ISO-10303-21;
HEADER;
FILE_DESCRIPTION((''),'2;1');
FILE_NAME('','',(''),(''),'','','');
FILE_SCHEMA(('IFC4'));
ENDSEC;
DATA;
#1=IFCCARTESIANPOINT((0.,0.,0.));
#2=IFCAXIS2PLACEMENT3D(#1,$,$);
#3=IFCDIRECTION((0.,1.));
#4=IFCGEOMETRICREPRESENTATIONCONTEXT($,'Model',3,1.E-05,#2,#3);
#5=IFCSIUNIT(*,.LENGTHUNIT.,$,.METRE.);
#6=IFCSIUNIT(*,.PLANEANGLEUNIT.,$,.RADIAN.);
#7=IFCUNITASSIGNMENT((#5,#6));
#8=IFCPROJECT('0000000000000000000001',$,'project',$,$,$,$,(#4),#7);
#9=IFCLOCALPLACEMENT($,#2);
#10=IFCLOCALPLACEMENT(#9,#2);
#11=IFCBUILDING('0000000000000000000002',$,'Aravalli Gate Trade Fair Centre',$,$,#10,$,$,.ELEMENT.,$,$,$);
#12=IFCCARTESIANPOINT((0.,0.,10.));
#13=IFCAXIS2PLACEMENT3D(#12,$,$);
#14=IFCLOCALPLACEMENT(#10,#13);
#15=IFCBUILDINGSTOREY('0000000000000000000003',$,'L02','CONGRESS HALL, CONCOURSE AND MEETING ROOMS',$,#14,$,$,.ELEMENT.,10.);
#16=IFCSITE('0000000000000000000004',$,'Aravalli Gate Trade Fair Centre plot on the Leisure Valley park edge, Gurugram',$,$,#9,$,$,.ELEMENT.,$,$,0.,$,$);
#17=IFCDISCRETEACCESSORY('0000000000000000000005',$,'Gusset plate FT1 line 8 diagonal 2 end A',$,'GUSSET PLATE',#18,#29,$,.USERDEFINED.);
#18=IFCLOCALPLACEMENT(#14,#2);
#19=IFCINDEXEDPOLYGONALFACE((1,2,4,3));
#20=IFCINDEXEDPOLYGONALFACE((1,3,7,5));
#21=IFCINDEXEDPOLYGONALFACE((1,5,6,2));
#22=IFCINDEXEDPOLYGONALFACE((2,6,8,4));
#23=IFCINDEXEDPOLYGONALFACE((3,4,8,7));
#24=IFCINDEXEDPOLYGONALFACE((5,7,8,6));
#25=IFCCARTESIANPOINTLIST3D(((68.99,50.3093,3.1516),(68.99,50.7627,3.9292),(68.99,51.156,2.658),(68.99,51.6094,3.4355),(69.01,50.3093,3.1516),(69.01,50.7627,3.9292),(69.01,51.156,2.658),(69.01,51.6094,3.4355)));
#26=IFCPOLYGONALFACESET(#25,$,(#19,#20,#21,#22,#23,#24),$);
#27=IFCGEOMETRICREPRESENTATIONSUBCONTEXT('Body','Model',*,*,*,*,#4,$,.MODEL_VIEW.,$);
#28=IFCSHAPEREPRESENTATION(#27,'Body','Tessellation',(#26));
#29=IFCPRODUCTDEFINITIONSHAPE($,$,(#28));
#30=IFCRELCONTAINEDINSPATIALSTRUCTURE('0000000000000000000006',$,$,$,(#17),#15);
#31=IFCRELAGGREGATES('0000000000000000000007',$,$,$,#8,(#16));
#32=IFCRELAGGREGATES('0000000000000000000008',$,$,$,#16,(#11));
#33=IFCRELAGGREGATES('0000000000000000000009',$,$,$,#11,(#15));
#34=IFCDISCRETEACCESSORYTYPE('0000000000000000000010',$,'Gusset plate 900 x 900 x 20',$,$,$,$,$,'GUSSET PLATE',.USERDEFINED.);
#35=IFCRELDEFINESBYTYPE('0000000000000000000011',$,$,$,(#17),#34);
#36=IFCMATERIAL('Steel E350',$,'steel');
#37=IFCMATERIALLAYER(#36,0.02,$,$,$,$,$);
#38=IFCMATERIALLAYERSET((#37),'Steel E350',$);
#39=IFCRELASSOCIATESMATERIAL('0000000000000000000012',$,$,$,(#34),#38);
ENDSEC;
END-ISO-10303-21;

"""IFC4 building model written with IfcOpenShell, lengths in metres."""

from ifc_helpers import new_model, si_unit, direction, frame, origin, place, context, subcontext, project, spatial, polyline, outline, extrude, material, layer, layer_set, type_object, element, save


model = new_model("IFC4")

# Units and contexts
model_context = context("Model", 3, precision=1e-05, world=origin(), true_north=direction((0.0, 1.0)))
body_context = subcontext(model_context, "Body", "Model", "MODEL_VIEW")
ifc_project = project(units=[si_unit("LENGTHUNIT", "METRE"), si_unit("PLANEANGLEUNIT", "RADIAN")], contexts=[model_context])

# Site, building, storey
site_placement = place(None, origin())
site = spatial("IfcSite", under=ifc_project, at=site_placement, Name="Aravalli Gate Trade Fair Centre plot on the Leisure Valley park edge, Gurugram", CompositionType="ELEMENT", RefElevation=0.0)
building_placement = place(site_placement, origin())
building = spatial("IfcBuilding", under=site, at=building_placement, Name="Aravalli Gate Trade Fair Centre", CompositionType="ELEMENT")
storey_placement = place(building_placement, frame((0.0, 0.0, 10.0)))
storey = spatial("IfcBuildingStorey", under=building, at=storey_placement, Name="L02", Description="CONGRESS HALL, CONCOURSE AND MEETING ROOMS", CompositionType="ELEMENT", Elevation=10.0)

# Shared definitions
ifc_material = material(Name="Steel E350", Category="steel")

# Discrete accessory
ifc_layer_1 = layer(ifc_material, 0.02)
ifc_layer_set_1 = layer_set([ifc_layer_1], Name="Steel E350")
discrete_accessory_type_1 = type_object("IfcDiscreteAccessoryType", Name="Gusset plate 900 x 900 x 20", ElementType="GUSSET PLATE", PredefinedType="USERDEFINED", material=ifc_layer_set_1)
discrete_accessory_1_placement = place(storey_placement, frame((68.99, 51.156, 2.658), z_axis=(-1.0, 0.0, 0.0), x_axis=(0.0, -0.863887, 0.503685)))
element("IfcDiscreteAccessory", 1, at=discrete_accessory_1_placement, inside=storey, type_object=discrete_accessory_type_1, Name="Gusset plate FT1 line 8 diagonal 2 end A", ObjectType="GUSSET PLATE", PredefinedType="USERDEFINED", context=body_context, shape_type="SweptSolid", body=[
    extrude(outline(polyline([(0.0, 0.0), (0.9801, 0.0), (0.9801, 0.9001), (0.0, 0.9001), (0.0, 0.0)])), origin(), (0.0, 0.0, -1.0), 0.02),
])

save(model, "model.ifc")
